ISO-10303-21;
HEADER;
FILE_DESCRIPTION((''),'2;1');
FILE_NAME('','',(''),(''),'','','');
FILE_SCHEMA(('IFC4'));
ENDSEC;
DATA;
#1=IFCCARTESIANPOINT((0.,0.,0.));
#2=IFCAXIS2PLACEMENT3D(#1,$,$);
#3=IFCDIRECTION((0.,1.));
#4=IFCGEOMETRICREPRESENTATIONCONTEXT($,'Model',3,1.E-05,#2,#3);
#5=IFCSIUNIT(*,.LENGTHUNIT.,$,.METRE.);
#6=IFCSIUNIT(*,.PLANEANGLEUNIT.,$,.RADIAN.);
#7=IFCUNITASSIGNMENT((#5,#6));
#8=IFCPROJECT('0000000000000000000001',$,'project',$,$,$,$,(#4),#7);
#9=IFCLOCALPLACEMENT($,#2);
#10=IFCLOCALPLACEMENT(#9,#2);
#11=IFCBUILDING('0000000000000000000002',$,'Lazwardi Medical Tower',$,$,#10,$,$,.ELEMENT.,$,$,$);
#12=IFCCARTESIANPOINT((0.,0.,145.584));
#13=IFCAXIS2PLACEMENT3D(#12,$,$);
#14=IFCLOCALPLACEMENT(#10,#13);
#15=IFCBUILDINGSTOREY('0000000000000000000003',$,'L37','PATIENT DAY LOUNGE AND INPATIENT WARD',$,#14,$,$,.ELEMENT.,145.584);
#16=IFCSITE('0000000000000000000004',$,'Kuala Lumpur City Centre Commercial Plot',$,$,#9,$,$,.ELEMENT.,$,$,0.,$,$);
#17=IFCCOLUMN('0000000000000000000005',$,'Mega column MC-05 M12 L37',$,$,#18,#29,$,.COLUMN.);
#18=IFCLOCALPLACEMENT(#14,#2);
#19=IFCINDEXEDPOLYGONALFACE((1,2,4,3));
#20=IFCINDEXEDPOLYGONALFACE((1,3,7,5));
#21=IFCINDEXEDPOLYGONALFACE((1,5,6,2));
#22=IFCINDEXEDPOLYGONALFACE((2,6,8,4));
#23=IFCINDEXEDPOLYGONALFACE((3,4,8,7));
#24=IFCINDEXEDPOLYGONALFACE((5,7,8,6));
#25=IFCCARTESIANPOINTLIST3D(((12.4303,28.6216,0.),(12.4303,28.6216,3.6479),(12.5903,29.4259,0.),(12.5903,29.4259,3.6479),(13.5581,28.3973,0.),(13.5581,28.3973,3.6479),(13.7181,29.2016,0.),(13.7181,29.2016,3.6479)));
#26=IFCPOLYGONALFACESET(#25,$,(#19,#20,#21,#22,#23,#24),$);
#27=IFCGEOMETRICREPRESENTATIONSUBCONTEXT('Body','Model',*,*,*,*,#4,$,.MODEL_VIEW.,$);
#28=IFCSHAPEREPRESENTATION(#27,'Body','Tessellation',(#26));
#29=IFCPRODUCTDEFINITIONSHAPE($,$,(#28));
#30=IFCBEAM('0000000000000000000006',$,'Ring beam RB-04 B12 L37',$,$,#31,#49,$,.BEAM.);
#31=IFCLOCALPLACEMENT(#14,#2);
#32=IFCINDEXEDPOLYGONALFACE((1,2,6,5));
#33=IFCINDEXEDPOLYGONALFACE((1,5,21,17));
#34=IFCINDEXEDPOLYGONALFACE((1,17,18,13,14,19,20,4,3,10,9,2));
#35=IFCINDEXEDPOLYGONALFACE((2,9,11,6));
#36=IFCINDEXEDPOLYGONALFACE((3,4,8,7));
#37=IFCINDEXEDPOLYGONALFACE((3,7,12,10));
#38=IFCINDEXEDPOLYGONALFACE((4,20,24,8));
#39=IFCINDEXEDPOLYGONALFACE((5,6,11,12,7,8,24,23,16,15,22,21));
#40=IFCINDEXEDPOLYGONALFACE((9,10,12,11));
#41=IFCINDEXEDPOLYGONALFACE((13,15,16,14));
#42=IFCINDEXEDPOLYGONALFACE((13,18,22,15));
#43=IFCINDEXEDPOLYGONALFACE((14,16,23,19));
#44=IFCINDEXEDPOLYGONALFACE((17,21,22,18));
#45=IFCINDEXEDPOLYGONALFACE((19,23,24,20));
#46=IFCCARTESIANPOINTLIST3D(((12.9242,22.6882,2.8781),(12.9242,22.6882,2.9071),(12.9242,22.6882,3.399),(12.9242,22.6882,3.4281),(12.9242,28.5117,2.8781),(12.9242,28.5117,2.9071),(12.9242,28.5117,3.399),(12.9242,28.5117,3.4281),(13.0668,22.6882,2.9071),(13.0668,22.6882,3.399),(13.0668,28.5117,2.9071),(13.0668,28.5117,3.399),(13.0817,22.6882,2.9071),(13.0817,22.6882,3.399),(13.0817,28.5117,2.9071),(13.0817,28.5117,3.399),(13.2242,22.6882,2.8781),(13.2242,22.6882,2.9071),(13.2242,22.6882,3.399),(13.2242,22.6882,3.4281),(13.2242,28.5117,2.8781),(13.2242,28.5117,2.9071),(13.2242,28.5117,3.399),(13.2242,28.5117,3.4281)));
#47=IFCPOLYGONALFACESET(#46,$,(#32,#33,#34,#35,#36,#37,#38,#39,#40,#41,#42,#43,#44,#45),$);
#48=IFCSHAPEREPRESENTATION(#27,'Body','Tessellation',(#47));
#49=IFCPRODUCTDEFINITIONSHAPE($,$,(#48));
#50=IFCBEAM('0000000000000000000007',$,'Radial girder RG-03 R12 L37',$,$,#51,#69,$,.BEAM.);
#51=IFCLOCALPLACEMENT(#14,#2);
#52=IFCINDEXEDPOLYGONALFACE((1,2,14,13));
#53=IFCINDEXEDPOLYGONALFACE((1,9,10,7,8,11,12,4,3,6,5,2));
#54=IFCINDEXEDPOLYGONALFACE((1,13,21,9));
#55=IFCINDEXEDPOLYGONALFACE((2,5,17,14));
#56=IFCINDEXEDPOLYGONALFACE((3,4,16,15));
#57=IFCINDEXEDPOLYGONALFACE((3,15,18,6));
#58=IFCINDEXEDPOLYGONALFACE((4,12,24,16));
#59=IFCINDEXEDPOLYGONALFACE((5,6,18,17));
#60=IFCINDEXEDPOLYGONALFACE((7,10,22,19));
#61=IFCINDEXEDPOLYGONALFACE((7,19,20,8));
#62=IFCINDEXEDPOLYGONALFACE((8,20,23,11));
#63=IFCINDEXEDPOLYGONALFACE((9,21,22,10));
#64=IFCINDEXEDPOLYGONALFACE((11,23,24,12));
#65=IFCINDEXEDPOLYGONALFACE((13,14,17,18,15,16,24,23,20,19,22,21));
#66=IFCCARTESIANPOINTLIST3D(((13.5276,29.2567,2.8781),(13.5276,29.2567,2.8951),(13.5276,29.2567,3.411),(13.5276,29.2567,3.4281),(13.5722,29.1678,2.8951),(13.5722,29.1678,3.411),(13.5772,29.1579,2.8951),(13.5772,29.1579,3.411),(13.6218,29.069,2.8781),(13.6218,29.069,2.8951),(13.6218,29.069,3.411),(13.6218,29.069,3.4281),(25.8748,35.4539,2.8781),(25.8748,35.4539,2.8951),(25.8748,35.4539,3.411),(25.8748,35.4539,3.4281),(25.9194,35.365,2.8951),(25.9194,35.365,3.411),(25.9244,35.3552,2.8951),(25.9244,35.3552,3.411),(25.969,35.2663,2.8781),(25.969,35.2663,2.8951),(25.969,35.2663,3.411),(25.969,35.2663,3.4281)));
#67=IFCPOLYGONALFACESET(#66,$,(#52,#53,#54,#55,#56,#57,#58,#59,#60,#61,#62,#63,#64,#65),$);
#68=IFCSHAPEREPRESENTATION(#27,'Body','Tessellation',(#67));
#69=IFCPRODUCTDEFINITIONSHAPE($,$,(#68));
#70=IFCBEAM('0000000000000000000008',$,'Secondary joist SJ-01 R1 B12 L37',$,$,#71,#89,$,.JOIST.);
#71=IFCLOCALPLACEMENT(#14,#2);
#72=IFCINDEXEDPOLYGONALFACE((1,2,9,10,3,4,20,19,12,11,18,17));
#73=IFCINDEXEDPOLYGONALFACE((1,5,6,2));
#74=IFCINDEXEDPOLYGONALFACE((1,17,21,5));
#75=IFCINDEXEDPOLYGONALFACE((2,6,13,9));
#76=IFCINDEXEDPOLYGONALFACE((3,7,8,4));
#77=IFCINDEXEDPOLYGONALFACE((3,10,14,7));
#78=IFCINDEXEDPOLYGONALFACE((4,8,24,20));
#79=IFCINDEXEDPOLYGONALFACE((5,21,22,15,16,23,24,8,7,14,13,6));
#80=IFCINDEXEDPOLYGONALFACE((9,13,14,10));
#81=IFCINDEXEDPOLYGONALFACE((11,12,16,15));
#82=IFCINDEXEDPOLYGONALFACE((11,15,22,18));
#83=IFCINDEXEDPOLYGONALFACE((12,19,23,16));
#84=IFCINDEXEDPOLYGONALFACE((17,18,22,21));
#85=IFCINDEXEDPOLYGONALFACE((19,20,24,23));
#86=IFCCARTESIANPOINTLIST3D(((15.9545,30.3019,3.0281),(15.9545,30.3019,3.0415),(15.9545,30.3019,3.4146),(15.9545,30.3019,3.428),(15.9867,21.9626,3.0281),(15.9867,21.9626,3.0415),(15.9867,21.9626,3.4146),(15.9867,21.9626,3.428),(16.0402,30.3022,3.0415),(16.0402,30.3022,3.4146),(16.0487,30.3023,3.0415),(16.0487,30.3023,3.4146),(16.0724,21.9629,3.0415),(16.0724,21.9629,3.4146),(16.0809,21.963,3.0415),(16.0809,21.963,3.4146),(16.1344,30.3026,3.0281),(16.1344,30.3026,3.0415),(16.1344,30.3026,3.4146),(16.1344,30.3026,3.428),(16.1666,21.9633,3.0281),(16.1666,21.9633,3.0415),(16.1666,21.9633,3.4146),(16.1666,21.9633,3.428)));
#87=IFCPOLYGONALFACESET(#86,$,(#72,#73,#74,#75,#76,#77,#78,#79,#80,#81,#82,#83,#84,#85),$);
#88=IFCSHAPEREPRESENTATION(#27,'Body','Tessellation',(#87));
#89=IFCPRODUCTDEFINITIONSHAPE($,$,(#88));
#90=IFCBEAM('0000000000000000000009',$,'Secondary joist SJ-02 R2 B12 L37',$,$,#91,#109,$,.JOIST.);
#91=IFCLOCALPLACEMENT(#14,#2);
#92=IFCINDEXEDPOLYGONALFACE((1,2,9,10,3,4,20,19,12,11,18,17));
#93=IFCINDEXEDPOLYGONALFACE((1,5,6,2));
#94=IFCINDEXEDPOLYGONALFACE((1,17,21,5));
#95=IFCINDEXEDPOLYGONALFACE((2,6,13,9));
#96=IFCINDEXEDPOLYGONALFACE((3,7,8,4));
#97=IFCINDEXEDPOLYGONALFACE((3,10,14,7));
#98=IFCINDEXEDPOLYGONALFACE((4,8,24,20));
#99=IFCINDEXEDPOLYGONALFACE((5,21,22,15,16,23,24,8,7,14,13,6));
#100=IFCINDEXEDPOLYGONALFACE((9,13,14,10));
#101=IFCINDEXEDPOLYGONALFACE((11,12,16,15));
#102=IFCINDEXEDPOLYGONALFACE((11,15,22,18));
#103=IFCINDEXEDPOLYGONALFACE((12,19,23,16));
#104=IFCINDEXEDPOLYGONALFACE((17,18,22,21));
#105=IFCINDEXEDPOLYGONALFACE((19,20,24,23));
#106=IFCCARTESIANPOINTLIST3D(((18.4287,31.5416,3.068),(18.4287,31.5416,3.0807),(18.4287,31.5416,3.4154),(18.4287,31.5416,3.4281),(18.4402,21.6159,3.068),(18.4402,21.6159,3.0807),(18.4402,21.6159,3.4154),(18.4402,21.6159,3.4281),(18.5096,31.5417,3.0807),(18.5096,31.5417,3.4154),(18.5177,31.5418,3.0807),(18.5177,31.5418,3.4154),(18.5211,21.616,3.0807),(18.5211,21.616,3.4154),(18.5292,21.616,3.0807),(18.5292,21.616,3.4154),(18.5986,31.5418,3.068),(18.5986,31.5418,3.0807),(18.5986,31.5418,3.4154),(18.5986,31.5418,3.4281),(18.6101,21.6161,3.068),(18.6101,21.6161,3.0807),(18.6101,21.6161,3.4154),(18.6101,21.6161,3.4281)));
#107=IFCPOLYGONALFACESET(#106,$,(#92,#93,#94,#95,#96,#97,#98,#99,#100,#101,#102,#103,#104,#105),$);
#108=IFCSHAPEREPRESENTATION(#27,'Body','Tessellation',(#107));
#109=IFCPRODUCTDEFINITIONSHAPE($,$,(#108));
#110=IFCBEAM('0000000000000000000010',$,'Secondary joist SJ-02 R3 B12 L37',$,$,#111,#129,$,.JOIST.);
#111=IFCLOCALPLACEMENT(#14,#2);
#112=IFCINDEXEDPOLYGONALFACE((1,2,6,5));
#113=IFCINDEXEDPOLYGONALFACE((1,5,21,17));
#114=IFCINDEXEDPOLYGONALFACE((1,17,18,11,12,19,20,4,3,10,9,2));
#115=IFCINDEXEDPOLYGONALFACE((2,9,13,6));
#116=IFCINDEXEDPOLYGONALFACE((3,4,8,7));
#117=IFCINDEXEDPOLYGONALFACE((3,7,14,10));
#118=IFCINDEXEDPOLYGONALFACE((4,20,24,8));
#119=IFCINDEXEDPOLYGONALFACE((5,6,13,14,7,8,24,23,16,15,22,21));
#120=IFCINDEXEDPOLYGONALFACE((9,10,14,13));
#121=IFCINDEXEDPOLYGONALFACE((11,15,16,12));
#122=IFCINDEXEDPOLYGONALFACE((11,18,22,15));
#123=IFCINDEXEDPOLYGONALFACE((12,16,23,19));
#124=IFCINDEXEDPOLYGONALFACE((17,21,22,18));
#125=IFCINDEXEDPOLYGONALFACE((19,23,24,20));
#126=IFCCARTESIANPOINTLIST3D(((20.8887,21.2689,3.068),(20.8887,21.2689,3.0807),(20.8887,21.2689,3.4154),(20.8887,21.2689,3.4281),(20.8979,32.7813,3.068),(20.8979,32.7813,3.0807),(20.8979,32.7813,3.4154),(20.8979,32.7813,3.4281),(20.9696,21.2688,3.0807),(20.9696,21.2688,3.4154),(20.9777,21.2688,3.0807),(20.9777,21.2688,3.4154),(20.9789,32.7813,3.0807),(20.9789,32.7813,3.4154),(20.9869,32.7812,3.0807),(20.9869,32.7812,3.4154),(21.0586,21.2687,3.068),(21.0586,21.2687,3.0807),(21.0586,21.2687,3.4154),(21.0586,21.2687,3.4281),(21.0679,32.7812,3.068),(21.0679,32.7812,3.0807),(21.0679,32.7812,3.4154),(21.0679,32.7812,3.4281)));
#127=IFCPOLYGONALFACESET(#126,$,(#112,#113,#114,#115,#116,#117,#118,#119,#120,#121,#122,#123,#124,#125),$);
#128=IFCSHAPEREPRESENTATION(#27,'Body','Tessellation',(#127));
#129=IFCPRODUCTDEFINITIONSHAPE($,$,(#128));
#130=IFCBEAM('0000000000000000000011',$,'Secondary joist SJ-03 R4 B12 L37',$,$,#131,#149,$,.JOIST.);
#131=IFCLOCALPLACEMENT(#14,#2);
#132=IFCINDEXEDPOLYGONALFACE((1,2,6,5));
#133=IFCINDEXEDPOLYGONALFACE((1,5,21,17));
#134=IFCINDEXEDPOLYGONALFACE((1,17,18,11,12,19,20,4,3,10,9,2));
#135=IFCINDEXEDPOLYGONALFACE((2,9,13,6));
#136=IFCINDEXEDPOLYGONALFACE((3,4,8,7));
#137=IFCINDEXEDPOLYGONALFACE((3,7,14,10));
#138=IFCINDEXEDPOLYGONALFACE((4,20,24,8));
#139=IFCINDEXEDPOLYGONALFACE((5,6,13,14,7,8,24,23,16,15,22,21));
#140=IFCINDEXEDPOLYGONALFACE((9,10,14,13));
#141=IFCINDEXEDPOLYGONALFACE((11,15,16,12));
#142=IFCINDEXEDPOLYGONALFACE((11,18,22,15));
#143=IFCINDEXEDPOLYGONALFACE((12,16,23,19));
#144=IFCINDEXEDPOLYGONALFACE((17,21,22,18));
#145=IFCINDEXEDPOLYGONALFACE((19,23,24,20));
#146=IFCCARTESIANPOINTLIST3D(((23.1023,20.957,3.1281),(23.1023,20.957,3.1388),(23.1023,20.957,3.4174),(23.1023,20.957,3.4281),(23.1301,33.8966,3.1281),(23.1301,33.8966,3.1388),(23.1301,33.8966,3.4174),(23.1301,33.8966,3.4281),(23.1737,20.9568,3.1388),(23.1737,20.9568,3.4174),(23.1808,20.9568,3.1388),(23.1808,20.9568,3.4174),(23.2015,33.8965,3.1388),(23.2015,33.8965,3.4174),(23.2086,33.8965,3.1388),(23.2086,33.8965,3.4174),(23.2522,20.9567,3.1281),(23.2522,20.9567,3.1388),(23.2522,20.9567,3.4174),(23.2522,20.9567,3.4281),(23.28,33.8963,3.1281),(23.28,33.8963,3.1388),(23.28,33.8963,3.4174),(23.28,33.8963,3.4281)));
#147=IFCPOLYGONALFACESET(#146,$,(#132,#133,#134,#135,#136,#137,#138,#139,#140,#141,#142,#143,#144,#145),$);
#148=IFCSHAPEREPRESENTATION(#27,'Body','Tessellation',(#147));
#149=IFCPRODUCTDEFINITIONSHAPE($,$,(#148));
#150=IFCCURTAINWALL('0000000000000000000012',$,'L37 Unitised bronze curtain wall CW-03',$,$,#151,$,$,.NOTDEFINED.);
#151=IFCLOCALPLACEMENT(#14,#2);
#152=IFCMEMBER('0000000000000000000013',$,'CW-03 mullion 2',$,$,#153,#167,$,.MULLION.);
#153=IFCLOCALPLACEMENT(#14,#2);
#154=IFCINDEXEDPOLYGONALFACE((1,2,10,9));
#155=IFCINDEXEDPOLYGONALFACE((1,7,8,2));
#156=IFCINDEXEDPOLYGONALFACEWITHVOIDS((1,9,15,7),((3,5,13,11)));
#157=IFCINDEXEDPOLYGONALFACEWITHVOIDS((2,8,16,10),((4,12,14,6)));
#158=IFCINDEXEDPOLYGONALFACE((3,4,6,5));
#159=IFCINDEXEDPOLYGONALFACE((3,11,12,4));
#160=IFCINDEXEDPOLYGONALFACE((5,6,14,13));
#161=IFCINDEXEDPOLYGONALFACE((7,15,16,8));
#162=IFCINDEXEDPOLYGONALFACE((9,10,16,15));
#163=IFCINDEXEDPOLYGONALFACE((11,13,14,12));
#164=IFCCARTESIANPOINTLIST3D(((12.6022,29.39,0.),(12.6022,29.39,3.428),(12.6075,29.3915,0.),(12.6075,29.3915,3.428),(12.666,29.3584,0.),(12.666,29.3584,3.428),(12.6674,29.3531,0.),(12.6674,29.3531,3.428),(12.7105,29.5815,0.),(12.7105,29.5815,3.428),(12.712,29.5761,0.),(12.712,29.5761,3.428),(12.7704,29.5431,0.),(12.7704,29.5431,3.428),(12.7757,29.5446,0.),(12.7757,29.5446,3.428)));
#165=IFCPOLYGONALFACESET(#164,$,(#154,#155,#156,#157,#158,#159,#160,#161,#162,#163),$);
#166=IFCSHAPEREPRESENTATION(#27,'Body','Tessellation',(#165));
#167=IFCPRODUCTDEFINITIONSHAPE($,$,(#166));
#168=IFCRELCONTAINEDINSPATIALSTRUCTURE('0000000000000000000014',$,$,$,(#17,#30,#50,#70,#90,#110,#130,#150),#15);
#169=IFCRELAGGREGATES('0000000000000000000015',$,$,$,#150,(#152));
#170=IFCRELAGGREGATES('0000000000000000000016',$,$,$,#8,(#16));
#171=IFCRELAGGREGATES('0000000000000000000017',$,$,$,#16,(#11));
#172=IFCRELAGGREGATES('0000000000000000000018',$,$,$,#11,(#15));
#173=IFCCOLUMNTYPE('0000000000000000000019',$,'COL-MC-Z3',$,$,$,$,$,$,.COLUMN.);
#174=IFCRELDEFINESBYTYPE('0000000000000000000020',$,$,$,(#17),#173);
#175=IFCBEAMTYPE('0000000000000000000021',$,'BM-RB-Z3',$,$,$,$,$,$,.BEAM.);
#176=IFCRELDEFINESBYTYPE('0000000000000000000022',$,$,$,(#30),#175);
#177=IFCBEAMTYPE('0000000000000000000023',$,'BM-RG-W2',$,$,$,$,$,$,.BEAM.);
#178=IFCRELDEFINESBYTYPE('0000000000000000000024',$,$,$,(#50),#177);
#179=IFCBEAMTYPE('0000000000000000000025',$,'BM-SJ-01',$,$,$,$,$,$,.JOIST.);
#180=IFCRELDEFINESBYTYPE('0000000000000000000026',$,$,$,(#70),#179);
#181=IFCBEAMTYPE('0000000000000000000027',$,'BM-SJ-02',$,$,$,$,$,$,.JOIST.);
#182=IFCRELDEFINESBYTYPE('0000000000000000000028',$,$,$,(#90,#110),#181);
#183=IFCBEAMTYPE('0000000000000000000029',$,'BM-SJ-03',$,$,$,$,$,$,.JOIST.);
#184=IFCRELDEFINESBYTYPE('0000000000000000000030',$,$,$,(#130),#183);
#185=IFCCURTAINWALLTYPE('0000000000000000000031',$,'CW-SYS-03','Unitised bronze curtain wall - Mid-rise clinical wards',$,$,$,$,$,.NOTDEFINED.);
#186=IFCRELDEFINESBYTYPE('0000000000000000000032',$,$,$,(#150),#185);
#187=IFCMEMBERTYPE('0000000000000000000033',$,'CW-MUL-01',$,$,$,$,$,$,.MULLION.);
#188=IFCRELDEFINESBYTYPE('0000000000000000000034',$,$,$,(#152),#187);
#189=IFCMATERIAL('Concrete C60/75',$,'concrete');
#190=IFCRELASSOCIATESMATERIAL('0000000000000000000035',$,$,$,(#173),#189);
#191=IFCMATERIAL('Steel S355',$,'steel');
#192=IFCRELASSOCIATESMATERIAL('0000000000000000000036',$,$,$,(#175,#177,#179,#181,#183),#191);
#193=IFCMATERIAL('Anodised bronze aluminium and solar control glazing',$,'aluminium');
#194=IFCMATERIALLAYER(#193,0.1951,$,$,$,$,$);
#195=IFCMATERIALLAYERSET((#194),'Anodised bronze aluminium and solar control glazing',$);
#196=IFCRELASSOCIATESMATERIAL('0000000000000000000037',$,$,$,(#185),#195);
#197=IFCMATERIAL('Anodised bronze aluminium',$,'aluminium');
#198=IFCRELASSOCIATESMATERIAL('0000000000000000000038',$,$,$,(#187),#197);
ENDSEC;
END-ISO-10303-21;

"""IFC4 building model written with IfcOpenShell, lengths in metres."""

from ifc_helpers import new_model, si_unit, direction, frame, origin, origin_2d, place, context, subcontext, project, spatial, rectangle, hollow_rectangle, i_section, extrude, material, layer, layer_set, material_profile, profile_set, type_object, element, aggregate, save


model = new_model("IFC4")

# Units and contexts
model_context = context("Model", 3, precision=1e-05, world=origin(), true_north=direction((0.0, 1.0)))
body_context = subcontext(model_context, "Body", "Model", "MODEL_VIEW")
ifc_project = project(units=[si_unit("LENGTHUNIT", "METRE"), si_unit("PLANEANGLEUNIT", "RADIAN")], contexts=[model_context])

# Site, building, storey
site_placement = place(None, origin())
site = spatial("IfcSite", under=ifc_project, at=site_placement, Name="Kuala Lumpur City Centre Commercial Plot", CompositionType="ELEMENT", RefElevation=0.0)
building_placement = place(site_placement, origin())
building = spatial("IfcBuilding", under=site, at=building_placement, Name="Lazwardi Medical Tower", CompositionType="ELEMENT")
storey_placement = place(building_placement, frame((0.0, 0.0, 145.584)))
storey = spatial("IfcBuildingStorey", under=building, at=storey_placement, Name="L37", Description="PATIENT DAY LOUNGE AND INPATIENT WARD", CompositionType="ELEMENT", Elevation=145.584)

# Column
ifc_material_1 = material(Name="Concrete C60/75", Category="concrete")
ifc_material_profile_1 = material_profile(ifc_material_1, rectangle(XDim=1.1499, YDim=0.8201, at=origin_2d()), Name="CFT-RECT 1150x820")
ifc_profile_set_1 = profile_set([ifc_material_profile_1], Name="Concrete C60/75")
column_type = type_object("IfcColumnType", Name="COL-MC-Z3", PredefinedType="COLUMN", material=ifc_profile_set_1)
column_placement = place(storey_placement, frame((13.0742, 28.9116, 0.0), z_axis=(0.0, 0.0, 1.0), x_axis=(-0.980785, 0.19509, 0.0)))
element("IfcColumn", 1, at=column_placement, inside=storey, type_object=column_type, Name="Mega column MC-05 M12 L37", PredefinedType="COLUMN", context=body_context, shape_type="SweptSolid", body=[
    extrude(rectangle(XDim=1.1499, YDim=0.8201, at=origin_2d()), origin(), (0.0, 0.0, 1.0), 3.6479),
])

# Beams
ifc_material_2 = material(Name="Steel S355", Category="steel")
ifc_material_profile_2 = material_profile(ifc_material_2, i_section(OverallWidth=0.3, OverallDepth=0.55, WebThickness=0.0149, FlangeThickness=0.0291, at=origin_2d()), Name="HEB 550")
ifc_profile_set_2 = profile_set([ifc_material_profile_2], Name="Steel S355")
beam_type_1 = type_object("IfcBeamType", Name="BM-RB-Z3", PredefinedType="BEAM", material=ifc_profile_set_2)
beam_1_placement = place(storey_placement, frame((13.0742, 28.5117, 3.1531), z_axis=(0.0, -1.0, 0.0), x_axis=(1.0, 0.0, 0.0)))
element("IfcBeam", 2, at=beam_1_placement, inside=storey, type_object=beam_type_1, Name="Ring beam RB-04 B12 L37", PredefinedType="BEAM", context=body_context, shape_type="SweptSolid", body=[
    extrude(i_section(OverallWidth=0.3, OverallDepth=0.55, WebThickness=0.0149, FlangeThickness=0.0291, at=origin_2d()), origin(), (0.0, 0.0, 1.0), 5.8235),
])
ifc_material_profile_3 = material_profile(ifc_material_2, i_section(OverallWidth=0.21, OverallDepth=0.55, WebThickness=0.011, FlangeThickness=0.0171, at=origin_2d()), Name="IPE 550")
ifc_profile_set_3 = profile_set([ifc_material_profile_3], Name="Steel S355")
beam_type_2 = type_object("IfcBeamType", Name="BM-RG-W2", PredefinedType="BEAM", material=ifc_profile_set_3)
beam_2_placement = place(storey_placement, frame((13.5747, 29.1628, 3.1531), z_axis=(0.89374, 0.448584, 0.0), x_axis=(-0.448584, 0.89374, 0.0)))
element("IfcBeam", 3, at=beam_2_placement, inside=storey, type_object=beam_type_2, Name="Radial girder RG-03 R12 L37", PredefinedType="BEAM", context=body_context, shape_type="SweptSolid", body=[
    extrude(i_section(OverallWidth=0.21, OverallDepth=0.55, WebThickness=0.011, FlangeThickness=0.0171, at=origin_2d()), origin(), (0.0, 0.0, 1.0), 13.8152),
])
ifc_material_profile_4 = material_profile(ifc_material_2, i_section(OverallWidth=0.1799, OverallDepth=0.3999, WebThickness=0.0085, FlangeThickness=0.0134, at=origin_2d()), Name="IPE 400")
ifc_profile_set_4 = profile_set([ifc_material_profile_4], Name="Steel S355")
beam_type_3 = type_object("IfcBeamType", Name="BM-SJ-01", PredefinedType="JOIST", material=ifc_profile_set_4)
beam_3_placement = place(storey_placement, frame((16.0444, 30.3022, 3.228), z_axis=(0.003864, -0.999993, 0.0), x_axis=(0.999993, 0.003864, 0.0)))
element("IfcBeam", 4, at=beam_3_placement, inside=storey, type_object=beam_type_3, Name="Secondary joist SJ-01 R1 B12 L37", PredefinedType="JOIST", context=body_context, shape_type="SweptSolid", body=[
    extrude(i_section(OverallWidth=0.1799, OverallDepth=0.3999, WebThickness=0.0085, FlangeThickness=0.0134, at=origin_2d()), origin(), (0.0, 0.0, 1.0), 8.3394),
])
ifc_material_profile_5 = material_profile(ifc_material_2, i_section(OverallWidth=0.1699, OverallDepth=0.3601, WebThickness=0.0081, FlangeThickness=0.0127, at=origin_2d()), Name="IPE 360")
ifc_profile_set_5 = profile_set([ifc_material_profile_5], Name="Steel S355")
beam_type_4 = type_object("IfcBeamType", Name="BM-SJ-02", PredefinedType="JOIST", material=ifc_profile_set_5)
beam_4_placement = place(storey_placement, frame((18.5137, 31.5417, 3.248), z_axis=(0.001156, -0.999999, 0.0), x_axis=(0.999999, 0.001156, 0.0)))
element("IfcBeam", 5, at=beam_4_placement, inside=storey, type_object=beam_type_4, Name="Secondary joist SJ-02 R2 B12 L37", PredefinedType="JOIST", context=body_context, shape_type="SweptSolid", body=[
    extrude(i_section(OverallWidth=0.1699, OverallDepth=0.3601, WebThickness=0.0081, FlangeThickness=0.0127, at=origin_2d()), origin(), (0.0, 0.0, 1.0), 9.9258),
])
beam_5_placement = place(storey_placement, frame((20.9829, 32.7812, 3.248), z_axis=(-0.000806, -1.0, 0.0), x_axis=(1.0, -0.000806, 0.0)))
element("IfcBeam", 6, at=beam_5_placement, inside=storey, type_object=beam_type_4, Name="Secondary joist SJ-02 R3 B12 L37", PredefinedType="JOIST", context=body_context, shape_type="SweptSolid", body=[
    extrude(i_section(OverallWidth=0.1699, OverallDepth=0.3601, WebThickness=0.0081, FlangeThickness=0.0127, at=origin_2d()), origin(), (0.0, 0.0, 1.0), 11.5125),
])
ifc_material_profile_6 = material_profile(ifc_material_2, i_section(OverallWidth=0.1499, OverallDepth=0.3, WebThickness=0.0071, FlangeThickness=0.0107, at=origin_2d()), Name="IPE 300")
ifc_profile_set_6 = profile_set([ifc_material_profile_6], Name="Steel S355")
beam_type_5 = type_object("IfcBeamType", Name="BM-SJ-03", PredefinedType="JOIST", material=ifc_profile_set_6)
beam_6_placement = place(storey_placement, frame((23.2051, 33.8965, 3.2781), z_axis=(-0.002151, -0.999998, 0.0), x_axis=(0.999998, -0.002151, 0.0)))
element("IfcBeam", 7, at=beam_6_placement, inside=storey, type_object=beam_type_5, Name="Secondary joist SJ-03 R4 B12 L37", PredefinedType="JOIST", context=body_context, shape_type="SweptSolid", body=[
    extrude(i_section(OverallWidth=0.1499, OverallDepth=0.3, WebThickness=0.0071, FlangeThickness=0.0107, at=origin_2d()), origin(), (0.0, 0.0, 1.0), 12.9397),
])

# Curtain wall, member
ifc_material_3 = material(Name="Anodised bronze aluminium and solar control glazing", Category="aluminium")
ifc_layer_1 = layer(ifc_material_3, 0.1951)
ifc_layer_set_1 = layer_set([ifc_layer_1], Name="Anodised bronze aluminium and solar control glazing")
curtain_wall_type = type_object("IfcCurtainWallType", Name="CW-SYS-03", Description="Unitised bronze curtain wall - Mid-rise clinical wards", PredefinedType="NOTDEFINED", material=ifc_layer_set_1)
curtain_wall_1_placement = place(storey_placement, origin())
curtain_wall_1 = element("IfcCurtainWall", 8, at=curtain_wall_1_placement, inside=storey, type_object=curtain_wall_type, Name="L37 Unitised bronze curtain wall CW-03", PredefinedType="NOTDEFINED")
ifc_material_4 = material(Name="Anodised bronze aluminium", Category="aluminium")
ifc_material_profile_7 = material_profile(ifc_material_4, hollow_rectangle(XDim=0.075, YDim=0.22, WallThickness=0.0039, at=origin_2d()), Name="ALU-MULLION 220x75x4")
ifc_profile_set_7 = profile_set([ifc_material_profile_7], Name="Anodised bronze aluminium")
member_type_1 = type_object("IfcMemberType", Name="CW-MUL-01", PredefinedType="MULLION", material=ifc_profile_set_7)
member_1_placement = place(storey_placement, frame((12.689, 29.4673, 0.0), z_axis=(0.0, 0.0, 1.0), x_axis=(0.870419, -0.492312, 0.0)))
member_1 = element("IfcMember", 9, at=member_1_placement, type_object=member_type_1, Name="CW-03 mullion 2", PredefinedType="MULLION", context=body_context, shape_type="SweptSolid", body=[
    extrude(hollow_rectangle(XDim=0.075, YDim=0.22, WallThickness=0.0039, at=origin_2d()), origin(), (0.0, 0.0, 1.0), 3.428),
])

aggregate(curtain_wall_1, [member_1])

save(model, "model.ifc")
